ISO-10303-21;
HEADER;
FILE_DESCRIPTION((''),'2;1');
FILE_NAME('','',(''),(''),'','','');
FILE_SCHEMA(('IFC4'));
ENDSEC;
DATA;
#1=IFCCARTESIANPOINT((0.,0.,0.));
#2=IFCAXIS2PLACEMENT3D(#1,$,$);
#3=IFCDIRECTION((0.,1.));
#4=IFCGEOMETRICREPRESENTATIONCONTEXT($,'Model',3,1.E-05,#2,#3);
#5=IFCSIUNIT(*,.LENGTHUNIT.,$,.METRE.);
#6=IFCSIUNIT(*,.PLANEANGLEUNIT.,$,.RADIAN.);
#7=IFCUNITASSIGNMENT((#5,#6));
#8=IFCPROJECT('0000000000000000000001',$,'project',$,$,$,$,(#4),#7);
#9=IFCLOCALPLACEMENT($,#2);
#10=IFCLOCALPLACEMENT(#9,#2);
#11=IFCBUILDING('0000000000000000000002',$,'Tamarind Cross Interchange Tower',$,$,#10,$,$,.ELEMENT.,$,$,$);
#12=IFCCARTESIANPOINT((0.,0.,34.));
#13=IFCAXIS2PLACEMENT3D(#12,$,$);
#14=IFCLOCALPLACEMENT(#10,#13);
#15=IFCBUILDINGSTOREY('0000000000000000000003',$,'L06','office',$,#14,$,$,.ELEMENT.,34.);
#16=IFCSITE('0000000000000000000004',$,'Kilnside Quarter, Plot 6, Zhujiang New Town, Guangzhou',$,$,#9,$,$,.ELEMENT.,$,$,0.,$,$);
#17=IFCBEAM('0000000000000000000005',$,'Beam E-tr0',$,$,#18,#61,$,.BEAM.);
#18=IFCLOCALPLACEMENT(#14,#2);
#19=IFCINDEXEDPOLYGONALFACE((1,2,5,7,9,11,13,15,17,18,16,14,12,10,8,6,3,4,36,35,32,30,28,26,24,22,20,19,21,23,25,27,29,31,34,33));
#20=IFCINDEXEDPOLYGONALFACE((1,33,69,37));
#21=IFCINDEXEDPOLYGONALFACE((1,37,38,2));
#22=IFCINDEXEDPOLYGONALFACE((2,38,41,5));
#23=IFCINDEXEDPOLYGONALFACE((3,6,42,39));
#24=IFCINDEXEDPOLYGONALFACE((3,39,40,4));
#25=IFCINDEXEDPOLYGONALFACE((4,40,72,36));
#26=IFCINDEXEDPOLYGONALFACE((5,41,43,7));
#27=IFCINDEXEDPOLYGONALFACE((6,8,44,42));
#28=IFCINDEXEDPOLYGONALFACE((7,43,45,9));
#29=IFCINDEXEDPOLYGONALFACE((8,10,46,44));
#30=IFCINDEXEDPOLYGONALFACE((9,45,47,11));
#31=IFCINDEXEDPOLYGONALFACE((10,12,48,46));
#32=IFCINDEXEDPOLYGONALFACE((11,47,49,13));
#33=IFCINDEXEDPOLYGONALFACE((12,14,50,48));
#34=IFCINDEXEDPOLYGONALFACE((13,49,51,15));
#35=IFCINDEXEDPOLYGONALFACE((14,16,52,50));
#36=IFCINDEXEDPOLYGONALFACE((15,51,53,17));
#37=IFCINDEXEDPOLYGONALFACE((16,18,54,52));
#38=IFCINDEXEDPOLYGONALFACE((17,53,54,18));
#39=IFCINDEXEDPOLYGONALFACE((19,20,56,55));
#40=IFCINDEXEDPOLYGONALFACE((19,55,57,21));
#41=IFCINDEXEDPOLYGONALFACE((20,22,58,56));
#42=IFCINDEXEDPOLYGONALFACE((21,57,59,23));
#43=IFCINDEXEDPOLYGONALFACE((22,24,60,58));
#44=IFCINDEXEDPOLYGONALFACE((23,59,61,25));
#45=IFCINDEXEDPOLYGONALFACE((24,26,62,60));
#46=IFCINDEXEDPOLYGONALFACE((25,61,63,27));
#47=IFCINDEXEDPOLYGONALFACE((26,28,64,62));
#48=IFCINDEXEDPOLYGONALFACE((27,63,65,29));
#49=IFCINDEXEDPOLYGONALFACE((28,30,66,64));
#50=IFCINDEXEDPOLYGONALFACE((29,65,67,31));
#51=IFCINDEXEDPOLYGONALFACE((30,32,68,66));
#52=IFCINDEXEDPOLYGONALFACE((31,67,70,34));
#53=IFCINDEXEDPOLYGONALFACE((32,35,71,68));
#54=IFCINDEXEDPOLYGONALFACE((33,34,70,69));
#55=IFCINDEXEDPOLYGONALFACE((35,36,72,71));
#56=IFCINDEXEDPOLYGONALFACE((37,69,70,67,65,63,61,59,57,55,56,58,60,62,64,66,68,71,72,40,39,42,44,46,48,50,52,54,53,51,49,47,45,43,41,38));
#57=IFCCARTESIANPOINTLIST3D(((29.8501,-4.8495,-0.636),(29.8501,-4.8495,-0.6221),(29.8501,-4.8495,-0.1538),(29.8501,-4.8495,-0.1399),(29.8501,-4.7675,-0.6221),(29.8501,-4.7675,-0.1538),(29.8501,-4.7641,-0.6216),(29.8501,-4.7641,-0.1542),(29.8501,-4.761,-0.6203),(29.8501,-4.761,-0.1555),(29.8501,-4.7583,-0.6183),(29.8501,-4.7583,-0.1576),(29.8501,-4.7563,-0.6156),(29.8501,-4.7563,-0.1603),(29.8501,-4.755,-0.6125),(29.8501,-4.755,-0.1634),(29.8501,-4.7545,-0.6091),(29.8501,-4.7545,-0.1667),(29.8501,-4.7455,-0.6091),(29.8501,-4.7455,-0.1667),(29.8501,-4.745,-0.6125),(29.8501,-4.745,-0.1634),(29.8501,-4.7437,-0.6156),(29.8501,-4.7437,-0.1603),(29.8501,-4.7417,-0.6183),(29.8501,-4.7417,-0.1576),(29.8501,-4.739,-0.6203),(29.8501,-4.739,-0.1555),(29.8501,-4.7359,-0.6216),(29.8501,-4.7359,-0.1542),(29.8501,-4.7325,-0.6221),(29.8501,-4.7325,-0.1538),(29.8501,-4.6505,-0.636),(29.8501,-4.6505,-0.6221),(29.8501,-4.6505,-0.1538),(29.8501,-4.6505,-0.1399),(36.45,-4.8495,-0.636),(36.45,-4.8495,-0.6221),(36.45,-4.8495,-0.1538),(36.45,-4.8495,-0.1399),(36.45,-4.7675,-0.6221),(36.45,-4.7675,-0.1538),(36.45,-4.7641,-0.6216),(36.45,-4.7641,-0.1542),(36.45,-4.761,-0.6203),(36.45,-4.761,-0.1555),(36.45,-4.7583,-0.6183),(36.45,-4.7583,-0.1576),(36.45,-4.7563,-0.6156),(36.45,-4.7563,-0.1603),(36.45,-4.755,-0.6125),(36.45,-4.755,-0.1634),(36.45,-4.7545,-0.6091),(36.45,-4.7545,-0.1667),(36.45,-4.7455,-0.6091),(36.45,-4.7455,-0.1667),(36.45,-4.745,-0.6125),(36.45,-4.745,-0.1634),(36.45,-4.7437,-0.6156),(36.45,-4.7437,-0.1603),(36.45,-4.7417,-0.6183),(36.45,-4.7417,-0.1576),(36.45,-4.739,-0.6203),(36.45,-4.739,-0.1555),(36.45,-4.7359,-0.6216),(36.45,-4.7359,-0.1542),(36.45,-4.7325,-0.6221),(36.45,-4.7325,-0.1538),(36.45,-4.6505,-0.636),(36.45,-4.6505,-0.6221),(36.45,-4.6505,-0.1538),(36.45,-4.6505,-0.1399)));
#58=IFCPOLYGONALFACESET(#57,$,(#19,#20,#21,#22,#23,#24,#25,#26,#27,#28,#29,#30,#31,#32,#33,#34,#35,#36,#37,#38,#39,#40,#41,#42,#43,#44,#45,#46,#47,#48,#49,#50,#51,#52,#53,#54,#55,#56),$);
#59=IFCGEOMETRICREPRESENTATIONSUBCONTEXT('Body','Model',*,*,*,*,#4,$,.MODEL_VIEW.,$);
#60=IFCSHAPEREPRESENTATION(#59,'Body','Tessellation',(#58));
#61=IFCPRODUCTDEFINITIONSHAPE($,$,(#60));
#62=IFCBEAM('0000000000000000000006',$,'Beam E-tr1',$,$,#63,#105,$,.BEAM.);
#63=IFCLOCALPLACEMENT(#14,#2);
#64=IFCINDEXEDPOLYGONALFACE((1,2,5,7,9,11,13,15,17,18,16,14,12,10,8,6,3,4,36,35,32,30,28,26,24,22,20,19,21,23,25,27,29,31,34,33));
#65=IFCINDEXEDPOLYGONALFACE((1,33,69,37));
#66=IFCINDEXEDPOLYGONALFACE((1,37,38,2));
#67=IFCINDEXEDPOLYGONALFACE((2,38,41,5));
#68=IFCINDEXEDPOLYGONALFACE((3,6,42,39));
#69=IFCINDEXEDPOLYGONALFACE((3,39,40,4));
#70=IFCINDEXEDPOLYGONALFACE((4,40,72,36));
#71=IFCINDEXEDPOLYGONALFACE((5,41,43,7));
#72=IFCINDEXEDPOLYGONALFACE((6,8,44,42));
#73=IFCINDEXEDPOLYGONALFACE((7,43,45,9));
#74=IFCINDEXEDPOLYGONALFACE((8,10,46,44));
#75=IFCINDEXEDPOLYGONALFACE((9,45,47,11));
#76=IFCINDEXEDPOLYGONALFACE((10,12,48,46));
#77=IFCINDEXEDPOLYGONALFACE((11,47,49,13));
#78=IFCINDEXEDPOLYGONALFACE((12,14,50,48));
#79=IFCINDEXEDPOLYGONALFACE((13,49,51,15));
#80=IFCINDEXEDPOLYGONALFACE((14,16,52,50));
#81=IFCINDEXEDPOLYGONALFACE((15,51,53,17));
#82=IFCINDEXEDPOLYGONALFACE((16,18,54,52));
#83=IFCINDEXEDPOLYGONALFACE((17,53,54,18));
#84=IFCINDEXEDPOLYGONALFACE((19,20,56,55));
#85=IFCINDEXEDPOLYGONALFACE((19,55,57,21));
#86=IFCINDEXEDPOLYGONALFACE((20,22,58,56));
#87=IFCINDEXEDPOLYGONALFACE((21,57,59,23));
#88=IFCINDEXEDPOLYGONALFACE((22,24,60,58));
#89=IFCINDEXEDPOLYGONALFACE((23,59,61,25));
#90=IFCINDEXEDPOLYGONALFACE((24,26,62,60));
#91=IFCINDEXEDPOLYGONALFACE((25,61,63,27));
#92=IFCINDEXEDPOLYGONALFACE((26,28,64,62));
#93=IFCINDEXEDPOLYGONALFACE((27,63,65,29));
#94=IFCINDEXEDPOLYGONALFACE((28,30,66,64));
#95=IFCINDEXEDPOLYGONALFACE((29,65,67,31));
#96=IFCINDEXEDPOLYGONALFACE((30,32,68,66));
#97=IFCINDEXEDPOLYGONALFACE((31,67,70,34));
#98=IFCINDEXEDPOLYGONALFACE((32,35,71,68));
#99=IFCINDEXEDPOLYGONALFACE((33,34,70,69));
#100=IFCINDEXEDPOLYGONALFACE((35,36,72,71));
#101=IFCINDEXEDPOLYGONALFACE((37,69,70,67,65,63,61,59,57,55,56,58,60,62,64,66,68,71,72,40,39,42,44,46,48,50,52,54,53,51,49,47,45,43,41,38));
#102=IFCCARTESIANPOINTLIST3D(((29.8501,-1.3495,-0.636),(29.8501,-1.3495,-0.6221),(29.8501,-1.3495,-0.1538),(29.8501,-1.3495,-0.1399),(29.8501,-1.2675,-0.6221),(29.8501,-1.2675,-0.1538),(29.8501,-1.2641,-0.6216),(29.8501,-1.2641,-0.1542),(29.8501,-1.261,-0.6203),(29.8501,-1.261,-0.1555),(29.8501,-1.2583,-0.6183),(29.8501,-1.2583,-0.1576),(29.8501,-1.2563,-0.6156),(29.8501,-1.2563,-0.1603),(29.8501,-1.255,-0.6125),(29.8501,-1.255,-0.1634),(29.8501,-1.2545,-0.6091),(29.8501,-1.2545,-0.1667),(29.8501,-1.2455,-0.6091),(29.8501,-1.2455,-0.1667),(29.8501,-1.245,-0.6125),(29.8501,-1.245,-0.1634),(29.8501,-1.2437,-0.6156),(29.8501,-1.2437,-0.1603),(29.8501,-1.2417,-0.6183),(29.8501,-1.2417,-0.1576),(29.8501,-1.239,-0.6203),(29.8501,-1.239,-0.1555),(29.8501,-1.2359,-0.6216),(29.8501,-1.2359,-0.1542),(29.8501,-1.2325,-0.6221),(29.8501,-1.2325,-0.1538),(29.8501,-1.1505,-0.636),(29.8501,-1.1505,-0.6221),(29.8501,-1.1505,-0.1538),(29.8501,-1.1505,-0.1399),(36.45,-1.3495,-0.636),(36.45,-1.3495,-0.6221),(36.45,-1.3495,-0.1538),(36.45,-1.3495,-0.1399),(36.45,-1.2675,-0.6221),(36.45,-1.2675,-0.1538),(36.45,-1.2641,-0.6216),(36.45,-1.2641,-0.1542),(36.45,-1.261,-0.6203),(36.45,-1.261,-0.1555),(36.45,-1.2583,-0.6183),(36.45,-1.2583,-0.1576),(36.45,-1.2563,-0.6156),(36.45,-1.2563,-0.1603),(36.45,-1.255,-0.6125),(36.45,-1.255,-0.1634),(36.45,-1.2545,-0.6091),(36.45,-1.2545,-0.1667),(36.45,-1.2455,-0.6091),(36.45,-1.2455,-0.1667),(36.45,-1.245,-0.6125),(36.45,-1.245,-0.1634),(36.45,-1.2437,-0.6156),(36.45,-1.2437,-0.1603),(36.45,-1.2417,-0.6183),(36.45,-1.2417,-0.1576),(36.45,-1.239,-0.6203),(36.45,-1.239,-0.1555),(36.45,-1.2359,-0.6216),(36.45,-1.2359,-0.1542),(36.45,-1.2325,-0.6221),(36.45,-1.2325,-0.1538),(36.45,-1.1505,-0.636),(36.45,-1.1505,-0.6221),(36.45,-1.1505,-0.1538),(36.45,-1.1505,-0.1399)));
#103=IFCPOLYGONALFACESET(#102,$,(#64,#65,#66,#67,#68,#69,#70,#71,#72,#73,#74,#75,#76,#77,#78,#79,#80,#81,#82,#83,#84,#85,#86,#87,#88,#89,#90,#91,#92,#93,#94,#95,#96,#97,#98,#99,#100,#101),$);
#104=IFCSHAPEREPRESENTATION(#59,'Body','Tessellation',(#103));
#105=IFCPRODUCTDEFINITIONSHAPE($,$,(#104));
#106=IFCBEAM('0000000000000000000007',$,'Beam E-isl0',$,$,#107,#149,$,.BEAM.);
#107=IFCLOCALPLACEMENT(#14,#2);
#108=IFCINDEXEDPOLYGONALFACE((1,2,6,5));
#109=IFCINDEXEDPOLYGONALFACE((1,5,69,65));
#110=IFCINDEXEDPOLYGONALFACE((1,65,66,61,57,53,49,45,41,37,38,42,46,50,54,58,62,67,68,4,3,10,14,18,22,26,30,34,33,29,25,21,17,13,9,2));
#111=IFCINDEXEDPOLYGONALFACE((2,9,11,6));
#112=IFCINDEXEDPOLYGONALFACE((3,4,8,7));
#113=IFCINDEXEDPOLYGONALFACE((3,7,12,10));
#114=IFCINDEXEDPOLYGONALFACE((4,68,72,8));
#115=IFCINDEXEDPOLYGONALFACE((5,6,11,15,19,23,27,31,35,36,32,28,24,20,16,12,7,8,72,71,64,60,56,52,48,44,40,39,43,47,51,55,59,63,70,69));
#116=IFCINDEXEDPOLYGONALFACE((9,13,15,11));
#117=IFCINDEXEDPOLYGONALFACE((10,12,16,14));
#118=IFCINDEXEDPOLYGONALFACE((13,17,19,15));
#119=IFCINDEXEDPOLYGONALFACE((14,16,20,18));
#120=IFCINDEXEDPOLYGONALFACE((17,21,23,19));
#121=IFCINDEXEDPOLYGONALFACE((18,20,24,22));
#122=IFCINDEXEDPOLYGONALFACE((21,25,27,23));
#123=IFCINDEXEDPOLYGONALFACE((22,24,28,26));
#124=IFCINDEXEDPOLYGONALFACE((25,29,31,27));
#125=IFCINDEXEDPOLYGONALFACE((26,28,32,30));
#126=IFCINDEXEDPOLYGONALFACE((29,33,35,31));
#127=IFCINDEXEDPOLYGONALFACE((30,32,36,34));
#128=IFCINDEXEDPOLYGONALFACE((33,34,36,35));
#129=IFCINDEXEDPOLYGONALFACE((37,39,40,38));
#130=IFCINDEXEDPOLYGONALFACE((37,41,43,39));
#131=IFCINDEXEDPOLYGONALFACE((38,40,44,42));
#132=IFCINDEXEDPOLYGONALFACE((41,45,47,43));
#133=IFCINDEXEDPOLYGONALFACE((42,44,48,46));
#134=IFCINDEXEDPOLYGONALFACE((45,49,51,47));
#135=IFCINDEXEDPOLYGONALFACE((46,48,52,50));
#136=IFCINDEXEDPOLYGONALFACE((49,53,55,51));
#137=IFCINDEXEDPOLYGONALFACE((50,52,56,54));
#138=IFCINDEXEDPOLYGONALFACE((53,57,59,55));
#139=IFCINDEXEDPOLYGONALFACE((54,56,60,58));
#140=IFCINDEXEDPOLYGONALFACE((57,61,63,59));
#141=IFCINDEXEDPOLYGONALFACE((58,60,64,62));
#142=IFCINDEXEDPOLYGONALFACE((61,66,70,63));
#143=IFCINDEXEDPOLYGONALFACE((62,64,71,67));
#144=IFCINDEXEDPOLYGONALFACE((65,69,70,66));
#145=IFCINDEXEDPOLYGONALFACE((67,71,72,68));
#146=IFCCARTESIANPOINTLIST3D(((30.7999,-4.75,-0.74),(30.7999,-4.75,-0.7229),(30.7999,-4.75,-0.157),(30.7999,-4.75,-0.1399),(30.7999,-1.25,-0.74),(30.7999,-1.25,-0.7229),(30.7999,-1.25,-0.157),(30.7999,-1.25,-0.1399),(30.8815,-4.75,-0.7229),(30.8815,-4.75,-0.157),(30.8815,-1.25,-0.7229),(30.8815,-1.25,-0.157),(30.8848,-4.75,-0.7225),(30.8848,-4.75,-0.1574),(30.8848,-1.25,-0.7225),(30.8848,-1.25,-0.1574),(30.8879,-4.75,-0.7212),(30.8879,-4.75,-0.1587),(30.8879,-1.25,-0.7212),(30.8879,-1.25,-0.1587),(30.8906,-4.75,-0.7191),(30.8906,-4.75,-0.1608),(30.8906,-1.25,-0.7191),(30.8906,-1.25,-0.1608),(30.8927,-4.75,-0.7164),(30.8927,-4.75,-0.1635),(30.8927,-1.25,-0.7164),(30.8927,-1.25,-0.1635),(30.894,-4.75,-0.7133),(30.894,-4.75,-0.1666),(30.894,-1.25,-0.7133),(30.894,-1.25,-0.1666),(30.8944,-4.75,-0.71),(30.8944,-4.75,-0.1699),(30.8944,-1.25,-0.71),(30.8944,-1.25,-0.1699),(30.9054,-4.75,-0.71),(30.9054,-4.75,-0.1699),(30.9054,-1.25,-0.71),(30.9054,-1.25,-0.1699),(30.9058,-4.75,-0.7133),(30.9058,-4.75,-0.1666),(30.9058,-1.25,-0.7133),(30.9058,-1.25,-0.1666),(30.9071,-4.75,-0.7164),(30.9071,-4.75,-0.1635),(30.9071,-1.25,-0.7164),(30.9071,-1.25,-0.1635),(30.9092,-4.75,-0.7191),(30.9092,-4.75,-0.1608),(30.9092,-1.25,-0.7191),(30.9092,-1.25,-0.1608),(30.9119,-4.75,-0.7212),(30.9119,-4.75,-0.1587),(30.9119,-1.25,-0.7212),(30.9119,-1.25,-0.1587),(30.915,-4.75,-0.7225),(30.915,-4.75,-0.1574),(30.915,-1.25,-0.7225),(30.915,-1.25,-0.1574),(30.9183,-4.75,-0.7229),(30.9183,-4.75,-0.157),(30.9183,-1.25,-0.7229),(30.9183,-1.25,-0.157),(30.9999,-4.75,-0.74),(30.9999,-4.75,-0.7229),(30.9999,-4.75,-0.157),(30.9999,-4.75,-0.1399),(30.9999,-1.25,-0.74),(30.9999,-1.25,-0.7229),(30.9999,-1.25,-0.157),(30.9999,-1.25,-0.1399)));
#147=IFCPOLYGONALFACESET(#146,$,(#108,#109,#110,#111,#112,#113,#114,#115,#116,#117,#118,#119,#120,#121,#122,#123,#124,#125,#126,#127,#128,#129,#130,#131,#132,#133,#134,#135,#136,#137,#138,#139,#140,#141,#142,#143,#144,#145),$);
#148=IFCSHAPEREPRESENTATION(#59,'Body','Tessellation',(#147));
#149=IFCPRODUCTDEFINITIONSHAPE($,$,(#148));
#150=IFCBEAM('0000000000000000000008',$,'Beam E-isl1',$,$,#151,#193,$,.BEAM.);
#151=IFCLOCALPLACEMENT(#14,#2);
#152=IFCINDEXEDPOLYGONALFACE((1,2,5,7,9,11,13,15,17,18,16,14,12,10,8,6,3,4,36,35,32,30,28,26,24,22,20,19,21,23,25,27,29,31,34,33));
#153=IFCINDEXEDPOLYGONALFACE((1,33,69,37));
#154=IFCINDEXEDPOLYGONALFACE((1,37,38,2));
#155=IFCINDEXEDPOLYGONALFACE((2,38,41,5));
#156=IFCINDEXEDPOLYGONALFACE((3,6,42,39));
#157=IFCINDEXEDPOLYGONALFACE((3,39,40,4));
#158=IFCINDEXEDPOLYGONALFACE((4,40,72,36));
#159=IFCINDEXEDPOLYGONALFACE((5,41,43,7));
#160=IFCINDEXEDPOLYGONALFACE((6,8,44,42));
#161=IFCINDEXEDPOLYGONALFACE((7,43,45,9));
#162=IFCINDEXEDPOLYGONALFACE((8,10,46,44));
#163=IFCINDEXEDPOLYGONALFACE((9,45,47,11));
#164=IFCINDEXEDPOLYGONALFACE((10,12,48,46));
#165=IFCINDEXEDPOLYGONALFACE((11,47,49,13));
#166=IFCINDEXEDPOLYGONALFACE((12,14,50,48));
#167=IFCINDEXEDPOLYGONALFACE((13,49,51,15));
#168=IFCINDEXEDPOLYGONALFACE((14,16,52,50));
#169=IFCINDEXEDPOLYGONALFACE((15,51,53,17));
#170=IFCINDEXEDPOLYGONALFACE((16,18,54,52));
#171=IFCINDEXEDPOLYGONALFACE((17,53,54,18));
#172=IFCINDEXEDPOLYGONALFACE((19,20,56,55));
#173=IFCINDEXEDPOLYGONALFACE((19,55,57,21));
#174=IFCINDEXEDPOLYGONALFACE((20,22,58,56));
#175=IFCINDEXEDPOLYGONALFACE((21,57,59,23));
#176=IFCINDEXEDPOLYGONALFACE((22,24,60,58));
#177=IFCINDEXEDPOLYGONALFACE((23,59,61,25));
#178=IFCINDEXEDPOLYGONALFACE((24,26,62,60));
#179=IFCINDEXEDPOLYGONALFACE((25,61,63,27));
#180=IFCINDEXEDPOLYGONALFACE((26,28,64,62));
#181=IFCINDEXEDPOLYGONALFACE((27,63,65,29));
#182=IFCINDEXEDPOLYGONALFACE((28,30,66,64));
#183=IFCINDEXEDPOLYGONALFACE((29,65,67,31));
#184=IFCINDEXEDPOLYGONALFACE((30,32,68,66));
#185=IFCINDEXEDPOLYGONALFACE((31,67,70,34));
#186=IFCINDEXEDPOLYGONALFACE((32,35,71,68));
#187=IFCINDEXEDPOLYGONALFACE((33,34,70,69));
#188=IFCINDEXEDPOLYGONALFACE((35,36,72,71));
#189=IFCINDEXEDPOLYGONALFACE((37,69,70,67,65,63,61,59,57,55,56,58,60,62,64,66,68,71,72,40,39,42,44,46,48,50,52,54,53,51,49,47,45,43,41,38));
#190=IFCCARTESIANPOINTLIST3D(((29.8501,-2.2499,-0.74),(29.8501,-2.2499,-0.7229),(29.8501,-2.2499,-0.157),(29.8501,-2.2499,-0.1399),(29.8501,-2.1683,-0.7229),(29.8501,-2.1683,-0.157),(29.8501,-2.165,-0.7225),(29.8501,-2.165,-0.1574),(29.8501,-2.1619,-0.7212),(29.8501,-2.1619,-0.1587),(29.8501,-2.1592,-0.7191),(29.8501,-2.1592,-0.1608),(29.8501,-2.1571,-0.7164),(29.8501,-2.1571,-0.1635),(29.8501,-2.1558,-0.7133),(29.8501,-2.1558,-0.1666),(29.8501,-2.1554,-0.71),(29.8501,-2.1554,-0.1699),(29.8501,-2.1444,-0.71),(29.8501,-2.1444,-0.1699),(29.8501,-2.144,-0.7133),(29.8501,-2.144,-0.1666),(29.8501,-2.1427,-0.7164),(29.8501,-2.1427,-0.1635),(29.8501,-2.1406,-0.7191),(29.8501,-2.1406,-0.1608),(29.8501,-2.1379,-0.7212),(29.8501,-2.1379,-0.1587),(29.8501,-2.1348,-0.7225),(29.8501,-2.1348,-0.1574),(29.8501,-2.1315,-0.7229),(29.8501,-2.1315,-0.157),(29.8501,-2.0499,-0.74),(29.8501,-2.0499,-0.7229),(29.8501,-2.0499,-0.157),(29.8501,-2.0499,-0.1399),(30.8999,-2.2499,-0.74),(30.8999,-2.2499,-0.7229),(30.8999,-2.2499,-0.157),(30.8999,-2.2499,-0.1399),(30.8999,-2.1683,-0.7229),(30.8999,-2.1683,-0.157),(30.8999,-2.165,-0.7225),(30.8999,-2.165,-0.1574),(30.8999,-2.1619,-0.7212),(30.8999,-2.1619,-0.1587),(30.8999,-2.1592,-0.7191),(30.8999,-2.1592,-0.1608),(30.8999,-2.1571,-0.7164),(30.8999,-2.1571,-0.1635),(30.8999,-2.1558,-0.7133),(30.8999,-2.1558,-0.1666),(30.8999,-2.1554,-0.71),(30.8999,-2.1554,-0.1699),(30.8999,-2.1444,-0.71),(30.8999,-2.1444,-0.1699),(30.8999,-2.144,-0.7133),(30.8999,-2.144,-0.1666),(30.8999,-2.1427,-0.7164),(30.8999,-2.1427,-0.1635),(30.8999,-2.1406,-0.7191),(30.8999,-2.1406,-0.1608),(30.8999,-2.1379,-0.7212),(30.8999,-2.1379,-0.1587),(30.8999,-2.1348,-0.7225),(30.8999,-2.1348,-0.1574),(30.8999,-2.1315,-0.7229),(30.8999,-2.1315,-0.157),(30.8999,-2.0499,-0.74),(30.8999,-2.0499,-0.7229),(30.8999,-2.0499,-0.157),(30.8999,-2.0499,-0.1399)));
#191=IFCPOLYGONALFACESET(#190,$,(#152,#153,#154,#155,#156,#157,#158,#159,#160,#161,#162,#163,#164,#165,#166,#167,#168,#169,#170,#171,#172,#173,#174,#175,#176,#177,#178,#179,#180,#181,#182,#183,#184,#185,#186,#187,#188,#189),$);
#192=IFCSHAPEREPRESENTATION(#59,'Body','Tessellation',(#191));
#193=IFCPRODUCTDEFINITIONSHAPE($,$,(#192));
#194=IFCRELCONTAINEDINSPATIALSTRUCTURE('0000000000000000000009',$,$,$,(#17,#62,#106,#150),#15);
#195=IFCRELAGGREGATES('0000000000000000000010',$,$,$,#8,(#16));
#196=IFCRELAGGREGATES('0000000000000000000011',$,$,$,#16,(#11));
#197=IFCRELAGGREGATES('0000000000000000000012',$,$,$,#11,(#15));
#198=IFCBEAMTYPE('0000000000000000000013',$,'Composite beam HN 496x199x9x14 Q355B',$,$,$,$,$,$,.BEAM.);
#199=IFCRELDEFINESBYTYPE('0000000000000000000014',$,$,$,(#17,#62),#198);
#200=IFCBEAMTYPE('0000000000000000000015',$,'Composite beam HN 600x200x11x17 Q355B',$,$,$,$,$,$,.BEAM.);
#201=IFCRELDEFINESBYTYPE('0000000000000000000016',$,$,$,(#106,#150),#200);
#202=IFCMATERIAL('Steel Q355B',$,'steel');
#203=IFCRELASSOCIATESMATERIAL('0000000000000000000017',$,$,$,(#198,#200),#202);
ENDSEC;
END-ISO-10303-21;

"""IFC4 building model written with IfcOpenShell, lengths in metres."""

from ifc_helpers import new_model, si_unit, direction, frame, origin, origin_2d, place, context, subcontext, project, spatial, i_section, extrude, material, material_profile, profile_set, type_object, element, save


model = new_model("IFC4")

# Units and contexts
model_context = context("Model", 3, precision=1e-05, world=origin(), true_north=direction((0.0, 1.0)))
body_context = subcontext(model_context, "Body", "Model", "MODEL_VIEW")
ifc_project = project(units=[si_unit("LENGTHUNIT", "METRE"), si_unit("PLANEANGLEUNIT", "RADIAN")], contexts=[model_context])

# Site, building, storey
site_placement = place(None, origin())
site = spatial("IfcSite", under=ifc_project, at=site_placement, Name="Kilnside Quarter, Plot 6, Zhujiang New Town, Guangzhou", CompositionType="ELEMENT", RefElevation=0.0)
building_placement = place(site_placement, origin())
building = spatial("IfcBuilding", under=site, at=building_placement, Name="Tamarind Cross Interchange Tower", CompositionType="ELEMENT")
storey_placement = place(building_placement, frame((0.0, 0.0, 34.0)))
storey = spatial("IfcBuildingStorey", under=building, at=storey_placement, Name="L06", Description="office", CompositionType="ELEMENT", Elevation=34.0)

# Beams
ifc_material_1 = material(Name="Steel Q355B", Category="steel")
ifc_material_profile_1 = material_profile(ifc_material_1, i_section(OverallWidth=0.199, OverallDepth=0.4961, WebThickness=0.009, FlangeThickness=0.0139, FilletRadius=0.0129, at=origin_2d()), Name="HN 496x199x9x14")
ifc_profile_set_1 = profile_set([ifc_material_profile_1], Name="Steel Q355B")
beam_type_1 = type_object("IfcBeamType", Name="Composite beam HN 496x199x9x14 Q355B", PredefinedType="BEAM", material=ifc_profile_set_1)
for number, where, z_axis, x_axis, name in (
    (1, (29.8501, -4.75, -0.3879), (1.0, 0.0, 0.0), (0.0, 1.0, 0.0), "Beam E-tr0"),
    (2, (29.8501, -1.25, -0.3879), (1.0, 0.0, 0.0), (0.0, 1.0, 0.0), "Beam E-tr1"),
):
    element("IfcBeam", number, at=place(storey_placement, frame(where, z_axis=z_axis, x_axis=x_axis)), inside=storey, type_object=beam_type_1, Name=name, PredefinedType="BEAM", context=body_context, shape_type="SweptSolid", body=[
        extrude(i_section(OverallWidth=0.199, OverallDepth=0.4961, WebThickness=0.009, FlangeThickness=0.0139, FilletRadius=0.0129, at=origin_2d()), origin(), (0.0, 0.0, 1.0), 6.5999),
    ])
ifc_material_profile_2 = material_profile(ifc_material_1, i_section(OverallWidth=0.2, OverallDepth=0.6001, WebThickness=0.011, FlangeThickness=0.0171, FilletRadius=0.0129, at=origin_2d()), Name="HN 600x200x11x17")
ifc_profile_set_2 = profile_set([ifc_material_profile_2], Name="Steel Q355B")
beam_type_2 = type_object("IfcBeamType", Name="Composite beam HN 600x200x11x17 Q355B", PredefinedType="BEAM", material=ifc_profile_set_2)
beam_1_placement = place(storey_placement, frame((30.8999, -4.75, -0.4399), z_axis=(0.0, 1.0, 0.0), x_axis=(-1.0, 0.0, 0.0)))
element("IfcBeam", 3, at=beam_1_placement, inside=storey, type_object=beam_type_2, Name="Beam E-isl0", PredefinedType="BEAM", context=body_context, shape_type="SweptSolid", body=[
    extrude(i_section(OverallWidth=0.2, OverallDepth=0.6001, WebThickness=0.011, FlangeThickness=0.0171, FilletRadius=0.0129, at=origin_2d()), origin(), (0.0, 0.0, 1.0), 3.5),
])
beam_2_placement = place(storey_placement, frame((29.8501, -2.1499, -0.4399), z_axis=(1.0, 0.0, 0.0), x_axis=(0.0, 1.0, 0.0)))
element("IfcBeam", 4, at=beam_2_placement, inside=storey, type_object=beam_type_2, Name="Beam E-isl1", PredefinedType="BEAM", context=body_context, shape_type="SweptSolid", body=[
    extrude(i_section(OverallWidth=0.2, OverallDepth=0.6001, WebThickness=0.011, FlangeThickness=0.0171, FilletRadius=0.0129, at=origin_2d()), origin(), (0.0, 0.0, 1.0), 1.0498),
])

save(model, "model.ifc")
